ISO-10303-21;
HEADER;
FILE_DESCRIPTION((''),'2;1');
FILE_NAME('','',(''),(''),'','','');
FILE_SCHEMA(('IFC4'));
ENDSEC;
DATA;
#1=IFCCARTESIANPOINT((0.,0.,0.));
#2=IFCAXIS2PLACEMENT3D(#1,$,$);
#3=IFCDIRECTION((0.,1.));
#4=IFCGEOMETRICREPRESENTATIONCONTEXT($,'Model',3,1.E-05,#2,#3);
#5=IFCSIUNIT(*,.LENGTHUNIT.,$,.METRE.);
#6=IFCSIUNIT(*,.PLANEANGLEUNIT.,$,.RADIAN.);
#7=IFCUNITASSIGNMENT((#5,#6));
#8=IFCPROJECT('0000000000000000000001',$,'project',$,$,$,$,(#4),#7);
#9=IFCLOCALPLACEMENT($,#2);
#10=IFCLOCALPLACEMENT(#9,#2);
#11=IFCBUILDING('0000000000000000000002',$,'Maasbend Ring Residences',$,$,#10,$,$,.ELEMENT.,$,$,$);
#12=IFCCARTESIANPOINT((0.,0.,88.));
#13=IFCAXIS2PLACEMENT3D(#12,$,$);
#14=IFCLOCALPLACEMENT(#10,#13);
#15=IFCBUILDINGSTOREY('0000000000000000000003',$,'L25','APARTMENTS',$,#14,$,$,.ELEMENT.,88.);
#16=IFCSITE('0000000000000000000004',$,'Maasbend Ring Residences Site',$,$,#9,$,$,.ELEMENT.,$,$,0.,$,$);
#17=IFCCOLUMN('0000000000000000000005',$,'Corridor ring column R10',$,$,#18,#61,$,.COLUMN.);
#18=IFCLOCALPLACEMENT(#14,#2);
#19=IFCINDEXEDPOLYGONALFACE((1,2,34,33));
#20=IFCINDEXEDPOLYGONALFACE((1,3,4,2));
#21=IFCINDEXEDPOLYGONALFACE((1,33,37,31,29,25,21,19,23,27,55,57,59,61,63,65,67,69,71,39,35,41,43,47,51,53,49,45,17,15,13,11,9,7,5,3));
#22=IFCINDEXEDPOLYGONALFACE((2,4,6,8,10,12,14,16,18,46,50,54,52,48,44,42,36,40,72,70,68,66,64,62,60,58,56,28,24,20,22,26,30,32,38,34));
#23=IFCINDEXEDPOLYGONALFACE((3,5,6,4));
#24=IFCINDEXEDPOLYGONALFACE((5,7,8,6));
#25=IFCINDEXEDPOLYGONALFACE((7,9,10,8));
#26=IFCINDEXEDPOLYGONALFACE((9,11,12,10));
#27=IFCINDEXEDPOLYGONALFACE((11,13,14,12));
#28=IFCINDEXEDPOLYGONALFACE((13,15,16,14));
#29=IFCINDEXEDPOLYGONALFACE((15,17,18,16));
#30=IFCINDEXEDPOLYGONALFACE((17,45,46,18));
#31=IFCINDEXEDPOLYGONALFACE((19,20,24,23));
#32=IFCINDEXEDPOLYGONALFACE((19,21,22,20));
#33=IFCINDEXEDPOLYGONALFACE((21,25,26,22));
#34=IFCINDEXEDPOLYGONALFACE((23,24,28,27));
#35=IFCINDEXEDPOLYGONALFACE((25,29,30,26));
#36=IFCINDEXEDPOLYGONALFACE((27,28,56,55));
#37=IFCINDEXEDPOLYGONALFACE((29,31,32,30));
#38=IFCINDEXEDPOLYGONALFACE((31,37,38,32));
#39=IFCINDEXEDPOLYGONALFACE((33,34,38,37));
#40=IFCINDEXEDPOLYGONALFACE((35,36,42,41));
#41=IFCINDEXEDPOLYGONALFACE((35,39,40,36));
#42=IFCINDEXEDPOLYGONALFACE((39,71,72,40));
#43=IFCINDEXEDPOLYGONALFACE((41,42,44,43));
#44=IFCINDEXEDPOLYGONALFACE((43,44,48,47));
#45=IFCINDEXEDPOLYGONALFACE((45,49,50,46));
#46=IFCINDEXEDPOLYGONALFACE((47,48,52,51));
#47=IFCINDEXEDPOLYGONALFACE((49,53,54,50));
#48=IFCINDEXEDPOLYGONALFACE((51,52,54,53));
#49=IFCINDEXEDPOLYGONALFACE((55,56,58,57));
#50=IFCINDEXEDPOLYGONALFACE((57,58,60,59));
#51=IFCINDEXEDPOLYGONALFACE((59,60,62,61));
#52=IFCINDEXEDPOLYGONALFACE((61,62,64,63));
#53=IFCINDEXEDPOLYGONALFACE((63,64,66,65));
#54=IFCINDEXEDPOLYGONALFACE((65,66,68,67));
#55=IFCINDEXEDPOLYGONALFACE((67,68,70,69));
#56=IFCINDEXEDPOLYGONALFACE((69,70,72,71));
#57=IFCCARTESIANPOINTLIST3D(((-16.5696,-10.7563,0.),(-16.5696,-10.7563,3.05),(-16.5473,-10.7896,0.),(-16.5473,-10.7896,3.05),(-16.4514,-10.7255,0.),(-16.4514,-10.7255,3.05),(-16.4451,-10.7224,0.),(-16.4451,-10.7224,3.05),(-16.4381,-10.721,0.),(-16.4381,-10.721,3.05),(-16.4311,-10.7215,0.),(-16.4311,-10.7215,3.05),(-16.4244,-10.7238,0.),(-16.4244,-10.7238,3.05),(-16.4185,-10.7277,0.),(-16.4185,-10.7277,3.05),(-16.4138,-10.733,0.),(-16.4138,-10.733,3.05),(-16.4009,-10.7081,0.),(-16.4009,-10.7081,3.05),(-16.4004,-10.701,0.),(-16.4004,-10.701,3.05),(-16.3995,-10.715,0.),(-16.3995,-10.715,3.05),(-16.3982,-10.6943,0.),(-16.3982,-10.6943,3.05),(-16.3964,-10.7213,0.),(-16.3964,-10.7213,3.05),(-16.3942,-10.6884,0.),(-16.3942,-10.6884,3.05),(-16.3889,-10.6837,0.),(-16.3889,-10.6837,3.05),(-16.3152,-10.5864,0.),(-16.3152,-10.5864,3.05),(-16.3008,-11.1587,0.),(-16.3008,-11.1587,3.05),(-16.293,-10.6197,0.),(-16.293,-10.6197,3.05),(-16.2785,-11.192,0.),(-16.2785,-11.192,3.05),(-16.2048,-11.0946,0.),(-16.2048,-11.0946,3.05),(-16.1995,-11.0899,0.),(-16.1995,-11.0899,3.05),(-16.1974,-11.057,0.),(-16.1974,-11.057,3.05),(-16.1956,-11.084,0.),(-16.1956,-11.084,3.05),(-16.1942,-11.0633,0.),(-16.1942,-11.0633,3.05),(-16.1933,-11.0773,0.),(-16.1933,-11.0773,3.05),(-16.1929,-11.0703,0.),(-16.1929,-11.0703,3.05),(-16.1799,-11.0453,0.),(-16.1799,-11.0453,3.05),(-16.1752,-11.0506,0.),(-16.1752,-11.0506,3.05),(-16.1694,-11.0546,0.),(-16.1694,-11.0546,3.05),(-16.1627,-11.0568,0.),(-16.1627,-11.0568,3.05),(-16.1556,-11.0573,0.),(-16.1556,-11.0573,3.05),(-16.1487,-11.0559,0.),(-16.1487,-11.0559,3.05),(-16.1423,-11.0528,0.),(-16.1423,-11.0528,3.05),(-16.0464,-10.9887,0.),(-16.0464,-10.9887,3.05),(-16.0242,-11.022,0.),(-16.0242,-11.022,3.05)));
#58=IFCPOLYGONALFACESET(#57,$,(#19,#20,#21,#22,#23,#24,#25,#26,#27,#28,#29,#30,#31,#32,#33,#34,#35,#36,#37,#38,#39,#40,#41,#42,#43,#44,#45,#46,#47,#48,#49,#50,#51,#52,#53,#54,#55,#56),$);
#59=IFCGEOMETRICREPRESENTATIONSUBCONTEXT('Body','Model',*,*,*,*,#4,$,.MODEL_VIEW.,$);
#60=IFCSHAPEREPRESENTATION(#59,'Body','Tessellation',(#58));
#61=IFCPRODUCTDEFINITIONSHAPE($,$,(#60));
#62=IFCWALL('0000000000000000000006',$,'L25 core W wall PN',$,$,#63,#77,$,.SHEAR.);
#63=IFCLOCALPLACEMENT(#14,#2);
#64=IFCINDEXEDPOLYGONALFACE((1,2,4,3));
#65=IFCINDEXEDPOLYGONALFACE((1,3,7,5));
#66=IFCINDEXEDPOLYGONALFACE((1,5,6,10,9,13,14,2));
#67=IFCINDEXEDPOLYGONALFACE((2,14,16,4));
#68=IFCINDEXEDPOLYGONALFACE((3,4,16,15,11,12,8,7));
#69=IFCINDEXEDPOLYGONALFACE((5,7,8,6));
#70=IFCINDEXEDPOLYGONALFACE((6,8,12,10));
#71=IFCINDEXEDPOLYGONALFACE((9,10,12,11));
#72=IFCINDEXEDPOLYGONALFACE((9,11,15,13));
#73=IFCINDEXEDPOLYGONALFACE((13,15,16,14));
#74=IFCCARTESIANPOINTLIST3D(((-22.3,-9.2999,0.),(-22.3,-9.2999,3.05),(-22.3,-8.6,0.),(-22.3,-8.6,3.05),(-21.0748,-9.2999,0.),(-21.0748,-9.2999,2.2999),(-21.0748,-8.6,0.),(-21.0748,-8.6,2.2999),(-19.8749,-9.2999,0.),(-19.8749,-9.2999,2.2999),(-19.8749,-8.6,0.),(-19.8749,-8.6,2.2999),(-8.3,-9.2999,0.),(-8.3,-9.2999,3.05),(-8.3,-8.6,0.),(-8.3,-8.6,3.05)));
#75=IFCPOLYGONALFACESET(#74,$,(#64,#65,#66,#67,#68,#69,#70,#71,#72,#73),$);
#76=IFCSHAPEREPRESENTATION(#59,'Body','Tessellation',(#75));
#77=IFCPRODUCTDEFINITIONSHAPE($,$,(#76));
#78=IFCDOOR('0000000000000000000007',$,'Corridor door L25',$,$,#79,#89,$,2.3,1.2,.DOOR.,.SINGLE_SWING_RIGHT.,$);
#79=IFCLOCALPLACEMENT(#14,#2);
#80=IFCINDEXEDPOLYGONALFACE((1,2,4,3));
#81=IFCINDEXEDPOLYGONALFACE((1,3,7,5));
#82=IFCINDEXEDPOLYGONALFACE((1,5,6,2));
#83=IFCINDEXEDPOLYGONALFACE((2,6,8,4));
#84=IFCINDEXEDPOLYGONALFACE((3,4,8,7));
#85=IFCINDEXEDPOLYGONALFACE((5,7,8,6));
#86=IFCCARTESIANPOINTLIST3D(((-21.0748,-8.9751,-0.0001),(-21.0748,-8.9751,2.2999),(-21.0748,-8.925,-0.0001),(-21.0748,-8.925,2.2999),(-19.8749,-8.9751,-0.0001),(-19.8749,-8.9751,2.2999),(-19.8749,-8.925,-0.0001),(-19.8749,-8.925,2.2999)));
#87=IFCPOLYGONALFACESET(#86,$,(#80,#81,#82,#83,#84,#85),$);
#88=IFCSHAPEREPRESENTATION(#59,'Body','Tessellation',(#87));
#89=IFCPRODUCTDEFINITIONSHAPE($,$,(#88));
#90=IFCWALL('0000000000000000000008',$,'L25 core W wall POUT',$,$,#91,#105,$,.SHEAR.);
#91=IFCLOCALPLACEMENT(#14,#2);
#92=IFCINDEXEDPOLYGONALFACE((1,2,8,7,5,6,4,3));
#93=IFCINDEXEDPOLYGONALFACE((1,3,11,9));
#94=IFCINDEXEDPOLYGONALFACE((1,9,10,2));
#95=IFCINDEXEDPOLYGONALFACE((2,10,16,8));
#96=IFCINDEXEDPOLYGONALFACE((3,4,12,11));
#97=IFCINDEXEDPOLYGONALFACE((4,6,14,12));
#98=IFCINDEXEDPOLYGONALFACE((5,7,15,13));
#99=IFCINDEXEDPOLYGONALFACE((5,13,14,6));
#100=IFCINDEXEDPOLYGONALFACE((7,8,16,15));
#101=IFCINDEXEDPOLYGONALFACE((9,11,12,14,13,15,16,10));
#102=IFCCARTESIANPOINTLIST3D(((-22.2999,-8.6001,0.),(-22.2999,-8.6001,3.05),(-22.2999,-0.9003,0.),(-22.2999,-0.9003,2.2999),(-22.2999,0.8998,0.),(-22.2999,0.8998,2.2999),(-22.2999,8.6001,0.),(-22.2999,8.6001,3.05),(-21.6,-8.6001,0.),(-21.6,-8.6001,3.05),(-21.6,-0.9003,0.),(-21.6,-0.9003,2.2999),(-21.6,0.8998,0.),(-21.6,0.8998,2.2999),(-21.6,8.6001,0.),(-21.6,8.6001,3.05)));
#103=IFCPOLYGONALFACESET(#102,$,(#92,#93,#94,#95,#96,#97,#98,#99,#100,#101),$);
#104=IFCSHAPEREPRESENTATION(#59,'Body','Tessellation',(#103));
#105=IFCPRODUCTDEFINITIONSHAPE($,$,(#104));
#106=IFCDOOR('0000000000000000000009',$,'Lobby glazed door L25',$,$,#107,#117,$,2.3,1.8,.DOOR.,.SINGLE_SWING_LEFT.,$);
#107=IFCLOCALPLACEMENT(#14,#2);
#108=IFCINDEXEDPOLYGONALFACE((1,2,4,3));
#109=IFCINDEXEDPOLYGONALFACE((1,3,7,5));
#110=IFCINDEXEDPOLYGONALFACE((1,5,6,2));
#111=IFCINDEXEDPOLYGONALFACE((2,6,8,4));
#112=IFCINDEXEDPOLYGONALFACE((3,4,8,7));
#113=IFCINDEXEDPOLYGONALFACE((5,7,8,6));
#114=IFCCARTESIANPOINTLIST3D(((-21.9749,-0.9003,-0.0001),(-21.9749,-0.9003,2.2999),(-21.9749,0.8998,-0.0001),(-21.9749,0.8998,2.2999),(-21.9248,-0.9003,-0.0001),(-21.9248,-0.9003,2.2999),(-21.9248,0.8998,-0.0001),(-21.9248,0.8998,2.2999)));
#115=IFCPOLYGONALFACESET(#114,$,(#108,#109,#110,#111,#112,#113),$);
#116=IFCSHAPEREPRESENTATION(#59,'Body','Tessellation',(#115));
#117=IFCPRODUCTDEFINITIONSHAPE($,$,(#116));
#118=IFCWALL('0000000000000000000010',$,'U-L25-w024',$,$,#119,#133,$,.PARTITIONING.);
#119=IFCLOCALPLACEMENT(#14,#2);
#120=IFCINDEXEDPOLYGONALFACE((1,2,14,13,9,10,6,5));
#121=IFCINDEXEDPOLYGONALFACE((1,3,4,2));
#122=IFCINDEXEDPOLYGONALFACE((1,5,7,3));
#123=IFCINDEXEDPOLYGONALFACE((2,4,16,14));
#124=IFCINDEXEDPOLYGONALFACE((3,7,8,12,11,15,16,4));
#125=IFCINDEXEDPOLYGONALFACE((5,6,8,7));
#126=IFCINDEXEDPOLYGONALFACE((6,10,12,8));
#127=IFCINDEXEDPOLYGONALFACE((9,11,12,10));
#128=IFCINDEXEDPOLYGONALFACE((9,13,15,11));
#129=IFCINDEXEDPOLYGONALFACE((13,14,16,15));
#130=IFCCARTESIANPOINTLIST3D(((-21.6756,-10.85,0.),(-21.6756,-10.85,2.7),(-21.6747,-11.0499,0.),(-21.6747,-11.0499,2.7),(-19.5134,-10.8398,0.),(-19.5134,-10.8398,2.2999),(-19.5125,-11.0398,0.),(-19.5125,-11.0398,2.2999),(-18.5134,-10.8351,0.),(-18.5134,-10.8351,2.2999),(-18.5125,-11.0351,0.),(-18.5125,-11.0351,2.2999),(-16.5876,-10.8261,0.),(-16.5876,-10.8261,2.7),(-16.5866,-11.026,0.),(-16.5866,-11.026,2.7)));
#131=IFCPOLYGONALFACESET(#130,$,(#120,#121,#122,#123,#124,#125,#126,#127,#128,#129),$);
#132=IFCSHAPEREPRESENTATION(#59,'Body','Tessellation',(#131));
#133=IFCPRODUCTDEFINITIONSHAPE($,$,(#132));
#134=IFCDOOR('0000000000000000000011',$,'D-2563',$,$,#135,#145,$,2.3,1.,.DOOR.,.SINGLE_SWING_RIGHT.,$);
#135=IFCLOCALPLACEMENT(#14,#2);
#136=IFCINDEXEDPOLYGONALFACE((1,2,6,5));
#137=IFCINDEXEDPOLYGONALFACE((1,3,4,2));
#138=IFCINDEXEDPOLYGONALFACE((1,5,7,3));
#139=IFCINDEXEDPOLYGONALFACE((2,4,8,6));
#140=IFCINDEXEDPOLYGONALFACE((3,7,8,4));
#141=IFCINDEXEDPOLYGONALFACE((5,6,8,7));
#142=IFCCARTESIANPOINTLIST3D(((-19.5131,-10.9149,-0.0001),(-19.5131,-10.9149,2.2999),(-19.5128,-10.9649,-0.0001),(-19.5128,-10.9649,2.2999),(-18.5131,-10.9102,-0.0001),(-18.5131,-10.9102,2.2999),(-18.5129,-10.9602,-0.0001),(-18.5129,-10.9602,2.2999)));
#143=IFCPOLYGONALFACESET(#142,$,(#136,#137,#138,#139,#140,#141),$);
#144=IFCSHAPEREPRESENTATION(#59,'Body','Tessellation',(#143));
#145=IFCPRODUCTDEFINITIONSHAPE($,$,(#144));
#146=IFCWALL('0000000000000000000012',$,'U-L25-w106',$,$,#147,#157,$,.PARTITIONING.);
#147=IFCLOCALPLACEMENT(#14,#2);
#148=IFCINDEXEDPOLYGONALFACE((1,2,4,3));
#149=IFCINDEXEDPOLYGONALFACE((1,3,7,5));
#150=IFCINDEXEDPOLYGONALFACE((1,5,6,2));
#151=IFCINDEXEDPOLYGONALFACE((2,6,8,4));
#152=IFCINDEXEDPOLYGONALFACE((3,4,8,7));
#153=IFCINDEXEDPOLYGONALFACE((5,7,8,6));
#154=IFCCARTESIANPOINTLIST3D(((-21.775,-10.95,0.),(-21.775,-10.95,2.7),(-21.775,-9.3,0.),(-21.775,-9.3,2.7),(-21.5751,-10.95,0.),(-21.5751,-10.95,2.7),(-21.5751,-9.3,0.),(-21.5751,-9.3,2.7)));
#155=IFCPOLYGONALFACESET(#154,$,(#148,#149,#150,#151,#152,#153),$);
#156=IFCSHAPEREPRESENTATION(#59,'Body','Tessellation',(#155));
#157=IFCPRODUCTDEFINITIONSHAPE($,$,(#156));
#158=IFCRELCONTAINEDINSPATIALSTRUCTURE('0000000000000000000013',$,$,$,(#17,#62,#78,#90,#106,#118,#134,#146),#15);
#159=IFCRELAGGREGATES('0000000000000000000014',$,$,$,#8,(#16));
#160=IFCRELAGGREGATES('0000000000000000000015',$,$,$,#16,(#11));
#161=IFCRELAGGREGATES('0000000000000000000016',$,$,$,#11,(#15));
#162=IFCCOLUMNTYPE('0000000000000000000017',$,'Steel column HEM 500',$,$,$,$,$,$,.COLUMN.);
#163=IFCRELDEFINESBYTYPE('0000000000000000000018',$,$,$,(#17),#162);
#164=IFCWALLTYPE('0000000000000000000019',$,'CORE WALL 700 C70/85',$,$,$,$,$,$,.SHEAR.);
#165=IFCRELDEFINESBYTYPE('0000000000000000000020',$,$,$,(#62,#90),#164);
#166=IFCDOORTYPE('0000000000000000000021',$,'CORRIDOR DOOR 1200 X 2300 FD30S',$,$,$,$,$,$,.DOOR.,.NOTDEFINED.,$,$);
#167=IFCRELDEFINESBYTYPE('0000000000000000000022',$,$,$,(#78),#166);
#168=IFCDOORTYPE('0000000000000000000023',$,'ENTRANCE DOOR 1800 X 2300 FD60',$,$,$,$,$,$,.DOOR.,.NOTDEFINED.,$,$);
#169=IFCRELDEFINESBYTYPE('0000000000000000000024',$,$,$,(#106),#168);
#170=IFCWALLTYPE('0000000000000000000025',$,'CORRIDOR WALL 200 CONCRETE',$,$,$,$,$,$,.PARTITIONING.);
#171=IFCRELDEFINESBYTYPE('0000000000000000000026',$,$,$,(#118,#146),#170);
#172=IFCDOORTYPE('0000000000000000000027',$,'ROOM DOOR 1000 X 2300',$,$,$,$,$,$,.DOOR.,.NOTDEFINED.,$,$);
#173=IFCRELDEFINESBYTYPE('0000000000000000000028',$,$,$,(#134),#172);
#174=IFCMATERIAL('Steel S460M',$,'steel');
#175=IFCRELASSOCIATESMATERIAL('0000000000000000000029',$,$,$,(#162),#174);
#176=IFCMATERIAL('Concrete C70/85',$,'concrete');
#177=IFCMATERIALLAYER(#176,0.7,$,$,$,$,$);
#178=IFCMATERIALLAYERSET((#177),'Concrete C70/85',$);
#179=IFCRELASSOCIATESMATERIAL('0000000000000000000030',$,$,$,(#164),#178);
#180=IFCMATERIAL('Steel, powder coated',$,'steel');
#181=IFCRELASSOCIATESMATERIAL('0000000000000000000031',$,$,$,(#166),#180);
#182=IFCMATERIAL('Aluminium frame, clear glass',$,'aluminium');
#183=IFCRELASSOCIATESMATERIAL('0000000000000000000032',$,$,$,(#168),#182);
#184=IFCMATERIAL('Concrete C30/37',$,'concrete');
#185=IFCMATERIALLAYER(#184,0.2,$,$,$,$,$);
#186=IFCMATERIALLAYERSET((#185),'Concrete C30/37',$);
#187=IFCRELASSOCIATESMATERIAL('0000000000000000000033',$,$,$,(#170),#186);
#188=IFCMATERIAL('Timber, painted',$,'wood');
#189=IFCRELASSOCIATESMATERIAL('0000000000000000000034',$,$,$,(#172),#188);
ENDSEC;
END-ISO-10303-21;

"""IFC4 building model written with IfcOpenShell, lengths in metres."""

from ifc_helpers import new_model, si_unit, direction, frame, frame_2d, origin, origin_2d, place, context, subcontext, project, spatial, rectangle, i_section, extrude, material, layer, layer_set, material_profile, profile_set, type_object, element, fill, save


model = new_model("IFC4")

# Units and contexts
model_context = context("Model", 3, precision=1e-05, world=origin(), true_north=direction((0.0, 1.0)))
body_context = subcontext(model_context, "Body", "Model", "MODEL_VIEW")
ifc_project = project(units=[si_unit("LENGTHUNIT", "METRE"), si_unit("PLANEANGLEUNIT", "RADIAN")], contexts=[model_context])

# Site, building, storey
site_placement = place(None, origin())
site = spatial("IfcSite", under=ifc_project, at=site_placement, Name="Maasbend Ring Residences Site", CompositionType="ELEMENT", RefElevation=0.0)
building_placement = place(site_placement, origin())
building = spatial("IfcBuilding", under=site, at=building_placement, Name="Maasbend Ring Residences", CompositionType="ELEMENT")
storey_placement = place(building_placement, frame((0.0, 0.0, 88.0)))
storey = spatial("IfcBuildingStorey", under=building, at=storey_placement, Name="L25", Description="APARTMENTS", CompositionType="ELEMENT", Elevation=88.0)

# Column
ifc_material_1 = material(Name="Steel S460M", Category="steel")
ifc_material_profile = material_profile(ifc_material_1, i_section(OverallWidth=0.3059, OverallDepth=0.5239, WebThickness=0.021, FlangeThickness=0.04, FilletRadius=0.0271, at=origin_2d()), Name="HEM 500")
ifc_profile_set = profile_set([ifc_material_profile], Name="Steel S460M")
column_type = type_object("IfcColumnType", Name="Steel column HEM 500", PredefinedType="COLUMN", material=ifc_profile_set)
column_placement = place(storey_placement, frame((-16.2969, -10.8892, 0.0), z_axis=(0.0, 0.0, 1.0), x_axis=(-0.83147, -0.55557, 0.0)))
element("IfcColumn", 1, at=column_placement, inside=storey, type_object=column_type, Name="Corridor ring column R10", PredefinedType="COLUMN", context=body_context, shape_type="SweptSolid", body=[
    extrude(i_section(OverallWidth=0.3059, OverallDepth=0.5239, WebThickness=0.021, FlangeThickness=0.04, FilletRadius=0.0271, at=origin_2d()), origin(), (0.0, 0.0, 1.0), 3.05),
])

# Walls, openings, doors
ifc_material_2 = material(Name="Concrete C70/85", Category="concrete")
ifc_layer_1 = layer(ifc_material_2, 0.7)
ifc_layer_set_1 = layer_set([ifc_layer_1], Name="Concrete C70/85")
wall_type_1 = type_object("IfcWallType", Name="CORE WALL 700 C70/85", PredefinedType="SHEAR", material=ifc_layer_set_1)
wall_1_placement = place(storey_placement, frame((-22.3, -8.95, 0.0), z_axis=(0.0, 0.0, 1.0), x_axis=(1.0, 0.0, 0.0)))
wall_1 = element("IfcWall", 2, at=wall_1_placement, inside=storey, type_object=wall_type_1, Name="L25 core W wall PN", PredefinedType="SHEAR", context=body_context, shape_type="SweptSolid", body=[
    extrude(rectangle(XDim=14.0, YDim=0.7, at=frame_2d((7.0, 0.0))), origin(), (0.0, 0.0, 1.0), 3.05),
])
opening_1_placement = place(wall_1_placement, frame((1.2251, 0.0, 0.0)))
opening_1 = element("IfcOpeningElement", 3, at=opening_1_placement, cuts=wall_1, PredefinedType="OPENING", context=body_context, shape_type="SweptSolid", body=[
    extrude(rectangle(XDim=1.2, YDim=2.3, at=frame_2d((0.6001, 1.1499))), frame((0.0, 0.3599, 0.0), z_axis=(0.0, -1.0, 0.0), x_axis=(1.0, 0.0, 0.0)), (0.0, 0.0, 1.0), 0.72),
])
ifc_material_3 = material(Name="Steel, powder coated", Category="steel")
door_type_1 = type_object("IfcDoorType", Name="CORRIDOR DOOR 1200 X 2300 FD30S", OperationType="NOTDEFINED", PredefinedType="DOOR", material=ifc_material_3)
door_1_placement = place(opening_1_placement, origin())
door_1 = element("IfcDoor", 4, at=door_1_placement, inside=storey, type_object=door_type_1, Name="Corridor door L25", OperationType="SINGLE_SWING_RIGHT", OverallHeight=2.3, OverallWidth=1.2, PredefinedType="DOOR", context=body_context, shape_type="SweptSolid", body=[
    extrude(rectangle(XDim=1.2, YDim=2.3, at=frame_2d((0.6001, 1.1499))), frame((0.0, 0.0249, 0.0), z_axis=(0.0, -1.0, 0.0), x_axis=(1.0, 0.0, 0.0)), (0.0, 0.0, 1.0), 0.05),
])
fill(opening_1, door_1)
wall_2_placement = place(storey_placement, frame((-21.95, -8.6001, 0.0), z_axis=(0.0, 0.0, 1.0), x_axis=(0.0, 1.0, 0.0)))
wall_2 = element("IfcWall", 5, at=wall_2_placement, inside=storey, type_object=wall_type_1, Name="L25 core W wall POUT", PredefinedType="SHEAR", context=body_context, shape_type="SweptSolid", body=[
    extrude(rectangle(XDim=17.2002, YDim=0.7, at=frame_2d((8.6001, 0.0))), origin(), (0.0, 0.0, 1.0), 3.05),
])
opening_2_placement = place(wall_2_placement, frame((7.7, 0.0, 0.0)))
opening_2 = element("IfcOpeningElement", 6, at=opening_2_placement, cuts=wall_2, PredefinedType="OPENING", context=body_context, shape_type="SweptSolid", body=[
    extrude(rectangle(XDim=1.8, YDim=2.3, at=frame_2d((0.8999, 1.1499))), frame((0.0, 0.3599, 0.0), z_axis=(0.0, -1.0, 0.0), x_axis=(1.0, 0.0, 0.0)), (0.0, 0.0, 1.0), 0.72),
])
ifc_material_4 = material(Name="Aluminium frame, clear glass", Category="aluminium")
door_type_2 = type_object("IfcDoorType", Name="ENTRANCE DOOR 1800 X 2300 FD60", OperationType="NOTDEFINED", PredefinedType="DOOR", material=ifc_material_4)
door_2_placement = place(opening_2_placement, origin())
door_2 = element("IfcDoor", 7, at=door_2_placement, inside=storey, type_object=door_type_2, Name="Lobby glazed door L25", OperationType="SINGLE_SWING_LEFT", OverallHeight=2.3, OverallWidth=1.8, PredefinedType="DOOR", context=body_context, shape_type="SweptSolid", body=[
    extrude(rectangle(XDim=1.8, YDim=2.3, at=frame_2d((0.8999, 1.1499))), frame((0.0, 0.0249, 0.0), z_axis=(0.0, -1.0, 0.0), x_axis=(1.0, 0.0, 0.0)), (0.0, 0.0, 1.0), 0.05),
])
fill(opening_2, door_2)
ifc_material_5 = material(Name="Concrete C30/37", Category="concrete")
ifc_layer_2 = layer(ifc_material_5, 0.2)
ifc_layer_set_2 = layer_set([ifc_layer_2], Name="Concrete C30/37")
wall_type_2 = type_object("IfcWallType", Name="CORRIDOR WALL 200 CONCRETE", PredefinedType="PARTITIONING", material=ifc_layer_set_2)
wall_3_placement = place(storey_placement, frame((-21.675, -10.95, 0.0), z_axis=(0.0, 0.0, 1.0), x_axis=(0.999989, 0.004702, 0.0)))
wall_3 = element("IfcWall", 8, at=wall_3_placement, inside=storey, type_object=wall_type_2, Name="U-L25-w024", PredefinedType="PARTITIONING", context=body_context, shape_type="SweptSolid", body=[
    extrude(rectangle(XDim=5.0881, YDim=0.2, at=frame_2d((2.5439, 0.0))), origin(), (0.0, 0.0, 1.0), 2.7),
])
opening_3_placement = place(wall_3_placement, frame((2.1621, 0.0, 0.0)))
opening_3 = element("IfcOpeningElement", 9, at=opening_3_placement, cuts=wall_3, PredefinedType="OPENING", context=body_context, shape_type="SweptSolid", body=[
    extrude(rectangle(XDim=1.0, YDim=2.3, at=frame_2d((0.5, 1.1499))), frame((0.0, 0.1099, 0.0), z_axis=(0.0, -1.0, 0.0), x_axis=(1.0, 0.0, 0.0)), (0.0, 0.0, 1.0), 0.22),
])
ifc_material_6 = material(Name="Timber, painted", Category="wood")
door_type_3 = type_object("IfcDoorType", Name="ROOM DOOR 1000 X 2300", OperationType="NOTDEFINED", PredefinedType="DOOR", material=ifc_material_6)
door_3_placement = place(opening_3_placement, origin())
door_3 = element("IfcDoor", 10, at=door_3_placement, inside=storey, type_object=door_type_3, Name="D-2563", OperationType="SINGLE_SWING_RIGHT", OverallHeight=2.3, OverallWidth=1.0, PredefinedType="DOOR", context=body_context, shape_type="SweptSolid", body=[
    extrude(rectangle(XDim=1.0, YDim=2.3, at=frame_2d((0.5, 1.1499))), frame((0.0, 0.0249, 0.0), z_axis=(0.0, -1.0, 0.0), x_axis=(1.0, 0.0, 0.0)), (0.0, 0.0, 1.0), 0.05),
])
fill(opening_3, door_3)

# Wall
wall_4_placement = place(storey_placement, frame((-21.675, -10.95, 0.0), z_axis=(0.0, 0.0, 1.0), x_axis=(0.0, 1.0, 0.0)))
element("IfcWall", 11, at=wall_4_placement, inside=storey, type_object=wall_type_2, Name="U-L25-w106", PredefinedType="PARTITIONING", context=body_context, shape_type="SweptSolid", body=[
    extrude(rectangle(XDim=1.6499, YDim=0.2, at=frame_2d((0.825, 0.0))), origin(), (0.0, 0.0, 1.0), 2.7),
])

save(model, "model.ifc")
